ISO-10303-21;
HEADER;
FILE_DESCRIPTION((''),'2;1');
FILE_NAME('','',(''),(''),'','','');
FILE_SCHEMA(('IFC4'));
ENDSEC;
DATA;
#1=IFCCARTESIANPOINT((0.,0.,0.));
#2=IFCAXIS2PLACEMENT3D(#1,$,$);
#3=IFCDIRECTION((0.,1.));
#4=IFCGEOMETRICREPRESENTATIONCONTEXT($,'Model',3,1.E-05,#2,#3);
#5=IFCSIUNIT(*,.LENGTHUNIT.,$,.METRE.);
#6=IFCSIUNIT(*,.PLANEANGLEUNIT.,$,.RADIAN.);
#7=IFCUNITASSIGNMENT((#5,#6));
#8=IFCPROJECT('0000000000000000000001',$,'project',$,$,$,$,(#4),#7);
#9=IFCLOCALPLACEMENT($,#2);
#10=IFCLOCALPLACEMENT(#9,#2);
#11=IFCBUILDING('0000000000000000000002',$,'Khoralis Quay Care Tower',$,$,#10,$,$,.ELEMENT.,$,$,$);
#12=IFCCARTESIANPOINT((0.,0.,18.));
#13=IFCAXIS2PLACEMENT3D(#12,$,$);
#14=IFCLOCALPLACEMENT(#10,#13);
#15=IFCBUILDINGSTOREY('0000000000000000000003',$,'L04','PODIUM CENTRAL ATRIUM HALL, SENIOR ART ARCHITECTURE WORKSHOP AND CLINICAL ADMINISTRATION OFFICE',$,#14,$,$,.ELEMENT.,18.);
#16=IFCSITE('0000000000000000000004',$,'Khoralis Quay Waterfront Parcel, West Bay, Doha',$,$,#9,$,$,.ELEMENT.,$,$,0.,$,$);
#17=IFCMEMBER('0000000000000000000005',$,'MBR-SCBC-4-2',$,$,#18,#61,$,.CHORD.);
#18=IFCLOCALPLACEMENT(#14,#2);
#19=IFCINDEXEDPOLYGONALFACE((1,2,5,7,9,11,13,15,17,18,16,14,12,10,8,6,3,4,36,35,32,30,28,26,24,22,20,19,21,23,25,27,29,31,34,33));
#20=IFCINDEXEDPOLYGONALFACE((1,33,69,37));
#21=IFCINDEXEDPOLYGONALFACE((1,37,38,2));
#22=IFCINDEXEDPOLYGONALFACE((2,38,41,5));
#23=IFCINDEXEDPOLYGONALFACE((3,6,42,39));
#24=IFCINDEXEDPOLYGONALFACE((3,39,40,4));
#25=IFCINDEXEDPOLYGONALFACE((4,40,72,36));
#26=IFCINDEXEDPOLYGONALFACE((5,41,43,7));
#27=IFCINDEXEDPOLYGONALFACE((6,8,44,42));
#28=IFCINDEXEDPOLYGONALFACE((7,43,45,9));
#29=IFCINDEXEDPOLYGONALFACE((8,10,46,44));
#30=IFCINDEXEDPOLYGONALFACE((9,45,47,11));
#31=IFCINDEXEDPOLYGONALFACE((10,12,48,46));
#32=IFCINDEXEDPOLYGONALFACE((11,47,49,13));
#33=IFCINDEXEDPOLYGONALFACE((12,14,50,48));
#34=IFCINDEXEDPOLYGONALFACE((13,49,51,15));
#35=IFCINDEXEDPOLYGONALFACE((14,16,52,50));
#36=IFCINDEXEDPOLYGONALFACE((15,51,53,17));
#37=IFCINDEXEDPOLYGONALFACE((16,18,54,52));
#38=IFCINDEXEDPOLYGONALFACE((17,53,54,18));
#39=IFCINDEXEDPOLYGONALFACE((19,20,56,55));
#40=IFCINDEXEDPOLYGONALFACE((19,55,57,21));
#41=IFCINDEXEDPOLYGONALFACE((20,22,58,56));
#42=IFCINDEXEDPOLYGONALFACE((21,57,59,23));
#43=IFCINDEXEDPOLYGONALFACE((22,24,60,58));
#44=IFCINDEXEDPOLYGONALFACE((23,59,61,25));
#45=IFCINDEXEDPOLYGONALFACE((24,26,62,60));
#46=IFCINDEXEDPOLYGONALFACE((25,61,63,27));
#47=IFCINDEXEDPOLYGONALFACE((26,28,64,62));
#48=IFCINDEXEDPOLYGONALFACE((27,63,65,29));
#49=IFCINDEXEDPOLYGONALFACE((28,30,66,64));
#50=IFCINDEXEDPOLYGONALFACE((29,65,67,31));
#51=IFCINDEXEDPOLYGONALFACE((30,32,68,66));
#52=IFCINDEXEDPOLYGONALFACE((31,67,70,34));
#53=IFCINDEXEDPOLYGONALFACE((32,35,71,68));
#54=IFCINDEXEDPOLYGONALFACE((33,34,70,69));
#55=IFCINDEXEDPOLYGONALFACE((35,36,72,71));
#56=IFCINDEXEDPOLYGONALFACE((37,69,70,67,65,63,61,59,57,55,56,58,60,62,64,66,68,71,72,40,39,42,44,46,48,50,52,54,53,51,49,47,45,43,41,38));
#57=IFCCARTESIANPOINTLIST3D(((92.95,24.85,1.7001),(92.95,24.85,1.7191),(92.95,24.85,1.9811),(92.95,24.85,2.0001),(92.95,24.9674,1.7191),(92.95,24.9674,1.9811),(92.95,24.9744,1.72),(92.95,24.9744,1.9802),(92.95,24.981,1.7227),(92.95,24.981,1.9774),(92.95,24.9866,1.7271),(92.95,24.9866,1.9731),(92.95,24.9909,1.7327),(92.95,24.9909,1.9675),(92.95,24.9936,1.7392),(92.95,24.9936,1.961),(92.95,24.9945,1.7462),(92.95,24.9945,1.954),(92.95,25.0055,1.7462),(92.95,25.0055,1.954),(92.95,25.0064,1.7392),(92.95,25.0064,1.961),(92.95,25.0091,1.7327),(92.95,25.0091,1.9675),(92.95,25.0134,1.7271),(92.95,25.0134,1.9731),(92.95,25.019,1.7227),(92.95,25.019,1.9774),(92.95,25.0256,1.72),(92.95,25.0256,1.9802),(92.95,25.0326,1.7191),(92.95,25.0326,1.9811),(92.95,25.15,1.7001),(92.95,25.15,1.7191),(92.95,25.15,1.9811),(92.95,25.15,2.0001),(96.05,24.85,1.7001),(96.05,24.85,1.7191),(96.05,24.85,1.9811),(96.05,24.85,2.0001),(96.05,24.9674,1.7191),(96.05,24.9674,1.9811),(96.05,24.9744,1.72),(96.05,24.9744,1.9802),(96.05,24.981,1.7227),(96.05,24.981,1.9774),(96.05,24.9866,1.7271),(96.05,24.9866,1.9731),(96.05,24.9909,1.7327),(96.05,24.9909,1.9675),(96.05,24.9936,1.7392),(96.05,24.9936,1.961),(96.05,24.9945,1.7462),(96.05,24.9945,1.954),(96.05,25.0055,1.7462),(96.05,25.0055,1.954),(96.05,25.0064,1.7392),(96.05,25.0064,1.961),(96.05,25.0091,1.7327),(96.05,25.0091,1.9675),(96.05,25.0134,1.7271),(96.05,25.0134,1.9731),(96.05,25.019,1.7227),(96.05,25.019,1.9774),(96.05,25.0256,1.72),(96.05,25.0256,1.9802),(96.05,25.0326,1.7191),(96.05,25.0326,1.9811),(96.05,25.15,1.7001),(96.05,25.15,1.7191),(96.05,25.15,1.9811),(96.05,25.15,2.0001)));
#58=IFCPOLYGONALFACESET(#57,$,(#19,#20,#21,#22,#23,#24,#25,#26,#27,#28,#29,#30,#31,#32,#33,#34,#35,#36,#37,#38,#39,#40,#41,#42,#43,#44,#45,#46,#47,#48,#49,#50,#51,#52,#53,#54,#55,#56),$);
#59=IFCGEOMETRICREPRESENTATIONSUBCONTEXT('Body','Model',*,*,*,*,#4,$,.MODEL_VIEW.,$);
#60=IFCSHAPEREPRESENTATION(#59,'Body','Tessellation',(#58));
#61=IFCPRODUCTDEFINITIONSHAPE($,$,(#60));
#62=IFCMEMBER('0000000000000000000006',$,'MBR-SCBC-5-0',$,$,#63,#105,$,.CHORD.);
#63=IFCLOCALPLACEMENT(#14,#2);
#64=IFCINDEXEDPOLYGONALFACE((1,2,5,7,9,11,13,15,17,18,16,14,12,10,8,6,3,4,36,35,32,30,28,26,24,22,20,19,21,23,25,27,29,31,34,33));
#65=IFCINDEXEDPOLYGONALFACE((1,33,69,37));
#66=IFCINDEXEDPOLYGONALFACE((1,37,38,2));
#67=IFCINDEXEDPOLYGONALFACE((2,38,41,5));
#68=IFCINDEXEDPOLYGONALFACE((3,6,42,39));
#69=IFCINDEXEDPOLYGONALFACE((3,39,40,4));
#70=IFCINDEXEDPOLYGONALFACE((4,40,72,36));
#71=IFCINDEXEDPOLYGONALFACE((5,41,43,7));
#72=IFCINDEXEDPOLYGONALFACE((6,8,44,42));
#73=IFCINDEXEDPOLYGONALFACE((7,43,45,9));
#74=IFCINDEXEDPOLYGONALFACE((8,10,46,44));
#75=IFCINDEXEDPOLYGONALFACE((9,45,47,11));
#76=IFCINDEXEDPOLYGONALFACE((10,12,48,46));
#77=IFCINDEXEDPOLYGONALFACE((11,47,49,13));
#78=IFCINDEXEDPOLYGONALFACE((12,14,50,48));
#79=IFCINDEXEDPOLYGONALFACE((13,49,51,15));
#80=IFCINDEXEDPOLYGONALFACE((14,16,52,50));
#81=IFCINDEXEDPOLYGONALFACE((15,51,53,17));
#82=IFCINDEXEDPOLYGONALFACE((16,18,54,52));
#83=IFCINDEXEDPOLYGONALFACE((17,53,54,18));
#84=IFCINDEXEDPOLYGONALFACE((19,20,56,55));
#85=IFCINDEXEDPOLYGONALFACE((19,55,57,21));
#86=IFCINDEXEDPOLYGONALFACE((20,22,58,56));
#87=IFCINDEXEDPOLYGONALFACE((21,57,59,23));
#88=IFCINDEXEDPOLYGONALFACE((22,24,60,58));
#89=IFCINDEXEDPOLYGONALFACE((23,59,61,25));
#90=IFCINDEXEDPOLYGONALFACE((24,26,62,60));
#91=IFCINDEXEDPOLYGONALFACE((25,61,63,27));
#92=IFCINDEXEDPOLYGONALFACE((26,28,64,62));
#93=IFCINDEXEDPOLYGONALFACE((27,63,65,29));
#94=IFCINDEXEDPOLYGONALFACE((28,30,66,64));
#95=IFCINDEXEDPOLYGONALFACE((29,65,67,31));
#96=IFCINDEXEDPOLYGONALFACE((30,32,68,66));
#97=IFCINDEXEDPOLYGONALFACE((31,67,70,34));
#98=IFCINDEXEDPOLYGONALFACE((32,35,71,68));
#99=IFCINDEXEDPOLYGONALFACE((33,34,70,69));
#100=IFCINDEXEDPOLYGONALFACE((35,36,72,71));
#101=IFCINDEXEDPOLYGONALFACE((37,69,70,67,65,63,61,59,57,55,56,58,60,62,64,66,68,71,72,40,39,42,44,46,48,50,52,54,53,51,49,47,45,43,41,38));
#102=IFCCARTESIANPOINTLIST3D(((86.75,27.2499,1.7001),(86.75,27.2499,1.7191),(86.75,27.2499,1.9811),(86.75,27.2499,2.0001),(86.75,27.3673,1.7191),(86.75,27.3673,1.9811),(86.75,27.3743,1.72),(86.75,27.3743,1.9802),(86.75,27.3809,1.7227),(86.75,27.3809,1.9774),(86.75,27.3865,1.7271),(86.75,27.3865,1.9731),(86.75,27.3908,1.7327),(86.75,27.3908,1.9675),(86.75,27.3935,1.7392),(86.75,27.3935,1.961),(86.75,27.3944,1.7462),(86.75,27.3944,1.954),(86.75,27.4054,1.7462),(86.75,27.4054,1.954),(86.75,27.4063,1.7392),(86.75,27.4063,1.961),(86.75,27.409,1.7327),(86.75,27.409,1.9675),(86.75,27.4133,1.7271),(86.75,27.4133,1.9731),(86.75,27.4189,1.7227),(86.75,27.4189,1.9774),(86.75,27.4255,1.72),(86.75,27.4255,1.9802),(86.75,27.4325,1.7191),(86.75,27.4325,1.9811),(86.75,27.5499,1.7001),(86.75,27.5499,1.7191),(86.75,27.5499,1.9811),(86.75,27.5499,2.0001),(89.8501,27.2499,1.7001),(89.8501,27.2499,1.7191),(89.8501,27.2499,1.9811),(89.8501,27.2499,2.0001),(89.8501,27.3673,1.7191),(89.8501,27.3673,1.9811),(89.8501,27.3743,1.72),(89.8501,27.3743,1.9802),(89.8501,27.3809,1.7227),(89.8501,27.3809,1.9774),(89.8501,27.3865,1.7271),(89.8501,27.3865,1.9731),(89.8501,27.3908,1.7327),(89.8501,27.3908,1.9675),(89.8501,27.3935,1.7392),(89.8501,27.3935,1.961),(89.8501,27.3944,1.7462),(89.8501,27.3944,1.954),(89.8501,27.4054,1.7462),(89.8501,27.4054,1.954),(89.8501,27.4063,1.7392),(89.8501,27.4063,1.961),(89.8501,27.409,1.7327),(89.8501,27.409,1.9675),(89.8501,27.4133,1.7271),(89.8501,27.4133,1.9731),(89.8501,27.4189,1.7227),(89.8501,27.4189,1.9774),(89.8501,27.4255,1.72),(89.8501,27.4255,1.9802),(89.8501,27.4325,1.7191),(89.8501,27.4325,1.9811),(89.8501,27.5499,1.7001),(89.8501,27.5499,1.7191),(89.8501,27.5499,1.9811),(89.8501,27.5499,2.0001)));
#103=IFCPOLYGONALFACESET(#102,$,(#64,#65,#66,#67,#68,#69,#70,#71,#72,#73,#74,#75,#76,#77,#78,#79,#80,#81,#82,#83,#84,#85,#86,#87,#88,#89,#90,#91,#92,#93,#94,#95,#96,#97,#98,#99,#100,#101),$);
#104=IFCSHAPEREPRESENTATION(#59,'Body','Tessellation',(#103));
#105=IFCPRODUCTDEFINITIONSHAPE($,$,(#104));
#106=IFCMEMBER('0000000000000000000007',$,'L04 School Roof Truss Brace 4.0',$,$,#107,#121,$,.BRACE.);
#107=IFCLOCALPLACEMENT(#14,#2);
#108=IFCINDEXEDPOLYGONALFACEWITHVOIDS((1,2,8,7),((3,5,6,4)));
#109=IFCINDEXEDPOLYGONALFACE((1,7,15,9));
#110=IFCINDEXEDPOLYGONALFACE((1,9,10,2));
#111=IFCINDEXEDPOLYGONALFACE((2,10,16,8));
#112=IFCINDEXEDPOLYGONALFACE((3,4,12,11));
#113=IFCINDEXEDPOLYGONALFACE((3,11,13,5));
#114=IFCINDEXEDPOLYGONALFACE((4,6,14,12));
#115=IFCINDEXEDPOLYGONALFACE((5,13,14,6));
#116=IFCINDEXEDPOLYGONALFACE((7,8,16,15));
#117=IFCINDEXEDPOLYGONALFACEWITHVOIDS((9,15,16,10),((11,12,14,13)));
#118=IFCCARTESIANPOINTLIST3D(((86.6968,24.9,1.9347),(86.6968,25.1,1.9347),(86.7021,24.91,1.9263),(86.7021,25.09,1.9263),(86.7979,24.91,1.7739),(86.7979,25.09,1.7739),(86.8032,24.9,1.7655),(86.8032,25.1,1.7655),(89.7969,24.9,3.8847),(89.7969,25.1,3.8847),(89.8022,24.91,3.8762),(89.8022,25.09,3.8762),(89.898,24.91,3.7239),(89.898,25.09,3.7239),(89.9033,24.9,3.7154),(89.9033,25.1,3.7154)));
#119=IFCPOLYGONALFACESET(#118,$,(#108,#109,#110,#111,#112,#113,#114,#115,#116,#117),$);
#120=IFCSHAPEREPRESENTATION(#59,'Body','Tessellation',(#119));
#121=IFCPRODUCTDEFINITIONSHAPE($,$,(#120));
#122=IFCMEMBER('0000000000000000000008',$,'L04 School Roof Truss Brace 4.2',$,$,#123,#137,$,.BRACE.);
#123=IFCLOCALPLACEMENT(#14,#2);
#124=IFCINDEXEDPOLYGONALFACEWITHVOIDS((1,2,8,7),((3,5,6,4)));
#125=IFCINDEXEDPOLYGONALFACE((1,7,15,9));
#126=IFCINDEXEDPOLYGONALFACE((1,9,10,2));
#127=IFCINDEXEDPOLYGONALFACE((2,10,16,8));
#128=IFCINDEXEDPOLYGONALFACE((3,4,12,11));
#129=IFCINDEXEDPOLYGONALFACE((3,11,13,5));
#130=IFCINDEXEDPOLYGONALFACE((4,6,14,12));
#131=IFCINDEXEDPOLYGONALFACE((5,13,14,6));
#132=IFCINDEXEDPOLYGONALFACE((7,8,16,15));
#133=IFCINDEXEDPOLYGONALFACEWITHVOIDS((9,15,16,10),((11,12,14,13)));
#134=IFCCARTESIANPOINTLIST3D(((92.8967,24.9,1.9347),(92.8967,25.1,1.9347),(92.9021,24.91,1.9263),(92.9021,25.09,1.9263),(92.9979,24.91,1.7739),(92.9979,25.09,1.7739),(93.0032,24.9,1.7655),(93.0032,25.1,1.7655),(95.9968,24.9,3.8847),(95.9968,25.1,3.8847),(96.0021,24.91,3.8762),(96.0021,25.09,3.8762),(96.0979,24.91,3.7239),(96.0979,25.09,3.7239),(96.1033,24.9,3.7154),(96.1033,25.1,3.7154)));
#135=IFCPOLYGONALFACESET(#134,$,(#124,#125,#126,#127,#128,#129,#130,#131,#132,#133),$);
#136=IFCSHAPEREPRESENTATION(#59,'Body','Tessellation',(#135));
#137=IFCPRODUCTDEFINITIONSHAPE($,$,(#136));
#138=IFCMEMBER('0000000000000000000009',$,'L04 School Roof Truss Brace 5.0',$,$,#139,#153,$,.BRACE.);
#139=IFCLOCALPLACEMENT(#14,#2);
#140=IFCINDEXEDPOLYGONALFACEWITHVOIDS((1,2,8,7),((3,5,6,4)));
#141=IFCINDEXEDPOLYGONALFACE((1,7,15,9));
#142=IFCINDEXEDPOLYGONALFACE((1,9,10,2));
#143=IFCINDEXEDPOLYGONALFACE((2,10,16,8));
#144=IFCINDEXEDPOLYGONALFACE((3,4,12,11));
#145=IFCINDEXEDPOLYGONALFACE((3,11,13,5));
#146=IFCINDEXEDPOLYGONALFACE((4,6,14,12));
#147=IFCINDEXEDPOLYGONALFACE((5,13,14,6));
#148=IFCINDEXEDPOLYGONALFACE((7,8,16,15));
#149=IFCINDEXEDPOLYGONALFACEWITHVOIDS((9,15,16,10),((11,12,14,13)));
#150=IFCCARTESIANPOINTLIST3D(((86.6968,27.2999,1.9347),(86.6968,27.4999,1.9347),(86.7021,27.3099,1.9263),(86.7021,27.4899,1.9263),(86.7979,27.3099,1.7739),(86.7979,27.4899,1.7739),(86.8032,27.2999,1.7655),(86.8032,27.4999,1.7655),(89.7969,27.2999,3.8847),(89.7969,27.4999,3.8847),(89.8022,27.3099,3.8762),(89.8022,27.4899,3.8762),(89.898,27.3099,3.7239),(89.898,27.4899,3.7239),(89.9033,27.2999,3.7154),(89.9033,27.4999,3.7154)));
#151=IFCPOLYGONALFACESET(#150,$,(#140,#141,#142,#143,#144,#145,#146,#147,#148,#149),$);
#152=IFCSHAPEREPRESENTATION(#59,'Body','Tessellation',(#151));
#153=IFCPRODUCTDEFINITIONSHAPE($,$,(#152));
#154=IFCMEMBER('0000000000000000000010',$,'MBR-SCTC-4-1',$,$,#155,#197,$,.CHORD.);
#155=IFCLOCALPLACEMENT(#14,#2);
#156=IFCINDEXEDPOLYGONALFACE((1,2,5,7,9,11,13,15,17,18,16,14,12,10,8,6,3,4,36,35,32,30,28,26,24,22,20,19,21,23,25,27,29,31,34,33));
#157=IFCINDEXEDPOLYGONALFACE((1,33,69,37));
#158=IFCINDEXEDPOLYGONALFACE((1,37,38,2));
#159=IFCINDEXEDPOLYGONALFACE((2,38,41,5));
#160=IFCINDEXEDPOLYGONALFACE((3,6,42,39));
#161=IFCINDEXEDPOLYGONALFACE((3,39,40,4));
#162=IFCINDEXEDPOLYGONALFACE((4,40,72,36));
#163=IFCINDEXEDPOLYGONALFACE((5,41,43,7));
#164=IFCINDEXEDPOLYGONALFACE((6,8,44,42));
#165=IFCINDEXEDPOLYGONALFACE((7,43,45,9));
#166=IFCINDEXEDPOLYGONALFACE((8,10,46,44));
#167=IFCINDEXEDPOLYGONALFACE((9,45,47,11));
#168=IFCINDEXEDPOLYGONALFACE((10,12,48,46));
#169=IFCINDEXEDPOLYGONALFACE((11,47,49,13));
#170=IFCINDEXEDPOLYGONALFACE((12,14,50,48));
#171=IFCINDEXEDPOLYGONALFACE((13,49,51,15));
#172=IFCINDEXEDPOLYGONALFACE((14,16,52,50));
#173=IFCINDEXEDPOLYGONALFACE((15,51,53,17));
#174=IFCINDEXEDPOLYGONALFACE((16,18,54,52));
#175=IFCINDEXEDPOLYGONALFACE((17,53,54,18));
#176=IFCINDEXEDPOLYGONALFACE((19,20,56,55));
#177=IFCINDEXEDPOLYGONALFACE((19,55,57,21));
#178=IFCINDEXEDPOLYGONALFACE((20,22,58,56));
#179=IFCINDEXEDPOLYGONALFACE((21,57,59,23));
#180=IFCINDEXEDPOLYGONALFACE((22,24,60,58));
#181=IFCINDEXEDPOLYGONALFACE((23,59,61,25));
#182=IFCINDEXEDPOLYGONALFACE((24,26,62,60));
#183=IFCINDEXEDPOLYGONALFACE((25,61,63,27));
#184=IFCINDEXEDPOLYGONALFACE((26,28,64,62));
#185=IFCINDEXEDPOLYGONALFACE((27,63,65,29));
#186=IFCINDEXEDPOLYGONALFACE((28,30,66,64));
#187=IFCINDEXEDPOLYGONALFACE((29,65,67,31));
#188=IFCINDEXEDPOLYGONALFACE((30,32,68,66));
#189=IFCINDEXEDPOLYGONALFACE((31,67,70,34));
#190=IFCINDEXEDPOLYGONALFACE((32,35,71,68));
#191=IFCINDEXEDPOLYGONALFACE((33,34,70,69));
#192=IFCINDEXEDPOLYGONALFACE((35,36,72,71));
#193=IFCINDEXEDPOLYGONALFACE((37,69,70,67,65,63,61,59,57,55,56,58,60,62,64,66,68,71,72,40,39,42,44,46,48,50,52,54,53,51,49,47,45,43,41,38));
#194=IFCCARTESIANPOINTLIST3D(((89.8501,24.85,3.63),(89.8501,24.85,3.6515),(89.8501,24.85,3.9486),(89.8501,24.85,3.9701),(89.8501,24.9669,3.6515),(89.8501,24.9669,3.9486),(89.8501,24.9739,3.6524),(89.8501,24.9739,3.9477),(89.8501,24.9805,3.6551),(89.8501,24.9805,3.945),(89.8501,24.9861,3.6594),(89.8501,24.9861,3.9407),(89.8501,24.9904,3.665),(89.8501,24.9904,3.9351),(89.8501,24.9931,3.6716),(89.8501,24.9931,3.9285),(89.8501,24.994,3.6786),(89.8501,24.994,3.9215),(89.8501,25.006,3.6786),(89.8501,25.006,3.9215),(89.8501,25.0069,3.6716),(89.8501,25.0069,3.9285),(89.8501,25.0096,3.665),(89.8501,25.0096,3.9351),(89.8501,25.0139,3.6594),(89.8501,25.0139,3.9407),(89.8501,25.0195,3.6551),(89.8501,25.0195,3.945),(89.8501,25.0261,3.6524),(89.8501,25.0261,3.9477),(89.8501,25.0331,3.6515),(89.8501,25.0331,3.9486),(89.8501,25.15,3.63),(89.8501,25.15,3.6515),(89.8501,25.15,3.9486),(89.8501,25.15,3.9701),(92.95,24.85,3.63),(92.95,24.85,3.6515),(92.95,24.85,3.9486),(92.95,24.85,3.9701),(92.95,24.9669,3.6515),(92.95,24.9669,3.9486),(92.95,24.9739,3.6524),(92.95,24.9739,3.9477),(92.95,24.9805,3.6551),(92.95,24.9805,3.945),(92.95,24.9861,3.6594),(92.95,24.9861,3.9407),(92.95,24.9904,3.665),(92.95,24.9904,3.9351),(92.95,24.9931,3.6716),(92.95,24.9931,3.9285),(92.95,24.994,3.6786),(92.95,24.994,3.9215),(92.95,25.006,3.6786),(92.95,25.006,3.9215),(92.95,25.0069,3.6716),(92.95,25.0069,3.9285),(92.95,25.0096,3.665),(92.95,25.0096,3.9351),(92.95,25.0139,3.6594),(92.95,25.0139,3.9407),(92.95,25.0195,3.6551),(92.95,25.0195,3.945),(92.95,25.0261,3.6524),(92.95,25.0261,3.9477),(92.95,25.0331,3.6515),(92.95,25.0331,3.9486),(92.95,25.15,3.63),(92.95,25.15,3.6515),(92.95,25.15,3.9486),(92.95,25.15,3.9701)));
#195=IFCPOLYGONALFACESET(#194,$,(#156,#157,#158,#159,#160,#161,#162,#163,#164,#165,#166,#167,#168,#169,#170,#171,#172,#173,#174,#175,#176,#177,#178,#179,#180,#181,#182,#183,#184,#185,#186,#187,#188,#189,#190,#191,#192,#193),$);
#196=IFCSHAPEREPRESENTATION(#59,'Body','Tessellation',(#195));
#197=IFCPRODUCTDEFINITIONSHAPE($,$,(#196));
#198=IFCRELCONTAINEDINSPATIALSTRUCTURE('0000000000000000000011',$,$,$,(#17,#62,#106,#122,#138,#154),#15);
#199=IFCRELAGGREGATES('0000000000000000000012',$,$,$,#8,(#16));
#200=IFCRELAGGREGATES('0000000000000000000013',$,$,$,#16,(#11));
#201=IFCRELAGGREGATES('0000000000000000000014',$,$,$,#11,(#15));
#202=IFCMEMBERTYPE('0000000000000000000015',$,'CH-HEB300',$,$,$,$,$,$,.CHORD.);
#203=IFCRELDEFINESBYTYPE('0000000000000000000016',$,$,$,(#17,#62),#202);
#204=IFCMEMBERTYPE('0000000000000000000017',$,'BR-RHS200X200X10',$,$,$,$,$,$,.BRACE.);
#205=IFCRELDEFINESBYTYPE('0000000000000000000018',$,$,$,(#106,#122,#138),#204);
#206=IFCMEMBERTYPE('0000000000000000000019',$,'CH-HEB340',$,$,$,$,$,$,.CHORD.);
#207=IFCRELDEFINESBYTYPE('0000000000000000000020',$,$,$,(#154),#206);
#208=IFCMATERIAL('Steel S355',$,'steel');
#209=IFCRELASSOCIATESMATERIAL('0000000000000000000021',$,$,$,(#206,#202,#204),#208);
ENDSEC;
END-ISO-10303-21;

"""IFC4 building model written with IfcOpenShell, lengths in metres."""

from ifc_helpers import new_model, si_unit, direction, frame, origin, origin_2d, place, context, subcontext, project, spatial, hollow_rectangle, i_section, extrude, source, transform, mapped, material, material_profile, profile_set, type_object, element, save


model = new_model("IFC4")

# Units and contexts
model_context = context("Model", 3, precision=1e-05, world=origin(), true_north=direction((0.0, 1.0)))
body_context = subcontext(model_context, "Body", "Model", "MODEL_VIEW")
ifc_project = project(units=[si_unit("LENGTHUNIT", "METRE"), si_unit("PLANEANGLEUNIT", "RADIAN")], contexts=[model_context])

# Site, building, storey
site_placement = place(None, origin())
site = spatial("IfcSite", under=ifc_project, at=site_placement, Name="Khoralis Quay Waterfront Parcel, West Bay, Doha", CompositionType="ELEMENT", RefElevation=0.0)
building_placement = place(site_placement, origin())
building = spatial("IfcBuilding", under=site, at=building_placement, Name="Khoralis Quay Care Tower", CompositionType="ELEMENT")
storey_placement = place(building_placement, frame((0.0, 0.0, 18.0)))
storey = spatial("IfcBuildingStorey", under=building, at=storey_placement, Name="L04", Description="PODIUM CENTRAL ATRIUM HALL, SENIOR ART ARCHITECTURE WORKSHOP AND CLINICAL ADMINISTRATION OFFICE", CompositionType="ELEMENT", Elevation=18.0)

# Shared definitions
ifc_material_1 = material(Name="Steel S355", Category="steel")

# Members
ifc_material_profile_1 = material_profile(ifc_material_1, i_section(OverallWidth=0.3, OverallDepth=0.3401, WebThickness=0.012, FlangeThickness=0.0215, FilletRadius=0.0271, at=origin_2d()), Name="Steel S355")
ifc_profile_set_1 = profile_set([ifc_material_profile_1], Name="Steel S355")
member_type_1 = type_object("IfcMemberType", Name="CH-HEB340", PredefinedType="CHORD", material=ifc_profile_set_1)
ifc_material_profile_2 = material_profile(ifc_material_1, i_section(OverallWidth=0.3, OverallDepth=0.3, WebThickness=0.011, FlangeThickness=0.019, FilletRadius=0.0271, at=origin_2d()), Name="Steel S355")
ifc_profile_set_2 = profile_set([ifc_material_profile_2], Name="Steel S355")
member_type_2 = type_object("IfcMemberType", Name="CH-HEB300", PredefinedType="CHORD", material=ifc_profile_set_2)
shared_shape_1 = source(origin(), body_context, "Body", "SweptSolid", [
    extrude(i_section(OverallWidth=0.3, OverallDepth=0.3, WebThickness=0.011, FlangeThickness=0.019, FilletRadius=0.0271, at=origin_2d()), origin(), (0.0, 0.0, 1.0), 3.1001),
])
for number, where, z_axis, x_axis, name in (
    (1, (92.95, 25.0, 1.8501), (1.0, 0.0, 0.0), (0.0, 1.0, 0.0), "MBR-SCBC-4-2"),
    (2, (86.75, 27.3999, 1.8501), (1.0, 0.0, 0.0), (0.0, 1.0, 0.0), "MBR-SCBC-5-0"),
):
    element("IfcMember", number, at=place(storey_placement, frame(where, z_axis=z_axis, x_axis=x_axis)), inside=storey, type_object=member_type_2, Name=name, PredefinedType="CHORD", context=body_context, shape_type="MappedRepresentation", body=[
        mapped(shared_shape_1, transform((0.0, 0.0, 0.0), scale=1.0)),
    ])
ifc_material_profile_3 = material_profile(ifc_material_1, hollow_rectangle(XDim=0.2, YDim=0.2, WallThickness=0.01, at=origin_2d()), Name="Steel S355")
ifc_profile_set_3 = profile_set([ifc_material_profile_3], Name="Steel S355")
member_type_3 = type_object("IfcMemberType", Name="BR-RHS200X200X10", PredefinedType="BRACE", material=ifc_profile_set_3)
shared_shape_2 = source(origin(), body_context, "Body", "SweptSolid", [
    extrude(hollow_rectangle(XDim=0.2, YDim=0.2, WallThickness=0.01, at=origin_2d()), origin(), (0.0, 0.0, 1.0), 3.6624),
])
for number, where, z_axis, x_axis, name in (
    (3, (86.75, 25.0, 1.8501), (0.846474, 0.0, 0.53243), (0.0, 1.0, 0.0), "L04 School Roof Truss Brace 4.0"),
    (4, (92.95, 25.0, 1.8501), (0.846474, 0.0, 0.53243), (0.0, 1.0, 0.0), "L04 School Roof Truss Brace 4.2"),
    (5, (86.75, 27.3999, 1.8501), (0.846474, 0.0, 0.53243), (0.0, 1.0, 0.0), "L04 School Roof Truss Brace 5.0"),
):
    element("IfcMember", number, at=place(storey_placement, frame(where, z_axis=z_axis, x_axis=x_axis)), inside=storey, type_object=member_type_3, Name=name, PredefinedType="BRACE", context=body_context, shape_type="MappedRepresentation", body=[
        mapped(shared_shape_2, transform((0.0, 0.0, 0.0), scale=1.0)),
    ])
shared_shape_3 = source(origin(), body_context, "Body", "SweptSolid", [
    extrude(i_section(OverallWidth=0.3, OverallDepth=0.3401, WebThickness=0.012, FlangeThickness=0.0215, FilletRadius=0.0271, at=origin_2d()), origin(), (0.0, 0.0, 1.0), 3.0999),
])
for number, where, z_axis, x_axis, name in (
    (6, (89.8501, 25.0, 3.8), (1.0, 0.0, 0.0), (0.0, 1.0, 0.0), "MBR-SCTC-4-1"),
):
    element("IfcMember", number, at=place(storey_placement, frame(where, z_axis=z_axis, x_axis=x_axis)), inside=storey, type_object=member_type_1, Name=name, PredefinedType="CHORD", context=body_context, shape_type="MappedRepresentation", body=[
        mapped(shared_shape_3, transform((0.0, 0.0, 0.0), scale=1.0)),
    ])

save(model, "model.ifc")
